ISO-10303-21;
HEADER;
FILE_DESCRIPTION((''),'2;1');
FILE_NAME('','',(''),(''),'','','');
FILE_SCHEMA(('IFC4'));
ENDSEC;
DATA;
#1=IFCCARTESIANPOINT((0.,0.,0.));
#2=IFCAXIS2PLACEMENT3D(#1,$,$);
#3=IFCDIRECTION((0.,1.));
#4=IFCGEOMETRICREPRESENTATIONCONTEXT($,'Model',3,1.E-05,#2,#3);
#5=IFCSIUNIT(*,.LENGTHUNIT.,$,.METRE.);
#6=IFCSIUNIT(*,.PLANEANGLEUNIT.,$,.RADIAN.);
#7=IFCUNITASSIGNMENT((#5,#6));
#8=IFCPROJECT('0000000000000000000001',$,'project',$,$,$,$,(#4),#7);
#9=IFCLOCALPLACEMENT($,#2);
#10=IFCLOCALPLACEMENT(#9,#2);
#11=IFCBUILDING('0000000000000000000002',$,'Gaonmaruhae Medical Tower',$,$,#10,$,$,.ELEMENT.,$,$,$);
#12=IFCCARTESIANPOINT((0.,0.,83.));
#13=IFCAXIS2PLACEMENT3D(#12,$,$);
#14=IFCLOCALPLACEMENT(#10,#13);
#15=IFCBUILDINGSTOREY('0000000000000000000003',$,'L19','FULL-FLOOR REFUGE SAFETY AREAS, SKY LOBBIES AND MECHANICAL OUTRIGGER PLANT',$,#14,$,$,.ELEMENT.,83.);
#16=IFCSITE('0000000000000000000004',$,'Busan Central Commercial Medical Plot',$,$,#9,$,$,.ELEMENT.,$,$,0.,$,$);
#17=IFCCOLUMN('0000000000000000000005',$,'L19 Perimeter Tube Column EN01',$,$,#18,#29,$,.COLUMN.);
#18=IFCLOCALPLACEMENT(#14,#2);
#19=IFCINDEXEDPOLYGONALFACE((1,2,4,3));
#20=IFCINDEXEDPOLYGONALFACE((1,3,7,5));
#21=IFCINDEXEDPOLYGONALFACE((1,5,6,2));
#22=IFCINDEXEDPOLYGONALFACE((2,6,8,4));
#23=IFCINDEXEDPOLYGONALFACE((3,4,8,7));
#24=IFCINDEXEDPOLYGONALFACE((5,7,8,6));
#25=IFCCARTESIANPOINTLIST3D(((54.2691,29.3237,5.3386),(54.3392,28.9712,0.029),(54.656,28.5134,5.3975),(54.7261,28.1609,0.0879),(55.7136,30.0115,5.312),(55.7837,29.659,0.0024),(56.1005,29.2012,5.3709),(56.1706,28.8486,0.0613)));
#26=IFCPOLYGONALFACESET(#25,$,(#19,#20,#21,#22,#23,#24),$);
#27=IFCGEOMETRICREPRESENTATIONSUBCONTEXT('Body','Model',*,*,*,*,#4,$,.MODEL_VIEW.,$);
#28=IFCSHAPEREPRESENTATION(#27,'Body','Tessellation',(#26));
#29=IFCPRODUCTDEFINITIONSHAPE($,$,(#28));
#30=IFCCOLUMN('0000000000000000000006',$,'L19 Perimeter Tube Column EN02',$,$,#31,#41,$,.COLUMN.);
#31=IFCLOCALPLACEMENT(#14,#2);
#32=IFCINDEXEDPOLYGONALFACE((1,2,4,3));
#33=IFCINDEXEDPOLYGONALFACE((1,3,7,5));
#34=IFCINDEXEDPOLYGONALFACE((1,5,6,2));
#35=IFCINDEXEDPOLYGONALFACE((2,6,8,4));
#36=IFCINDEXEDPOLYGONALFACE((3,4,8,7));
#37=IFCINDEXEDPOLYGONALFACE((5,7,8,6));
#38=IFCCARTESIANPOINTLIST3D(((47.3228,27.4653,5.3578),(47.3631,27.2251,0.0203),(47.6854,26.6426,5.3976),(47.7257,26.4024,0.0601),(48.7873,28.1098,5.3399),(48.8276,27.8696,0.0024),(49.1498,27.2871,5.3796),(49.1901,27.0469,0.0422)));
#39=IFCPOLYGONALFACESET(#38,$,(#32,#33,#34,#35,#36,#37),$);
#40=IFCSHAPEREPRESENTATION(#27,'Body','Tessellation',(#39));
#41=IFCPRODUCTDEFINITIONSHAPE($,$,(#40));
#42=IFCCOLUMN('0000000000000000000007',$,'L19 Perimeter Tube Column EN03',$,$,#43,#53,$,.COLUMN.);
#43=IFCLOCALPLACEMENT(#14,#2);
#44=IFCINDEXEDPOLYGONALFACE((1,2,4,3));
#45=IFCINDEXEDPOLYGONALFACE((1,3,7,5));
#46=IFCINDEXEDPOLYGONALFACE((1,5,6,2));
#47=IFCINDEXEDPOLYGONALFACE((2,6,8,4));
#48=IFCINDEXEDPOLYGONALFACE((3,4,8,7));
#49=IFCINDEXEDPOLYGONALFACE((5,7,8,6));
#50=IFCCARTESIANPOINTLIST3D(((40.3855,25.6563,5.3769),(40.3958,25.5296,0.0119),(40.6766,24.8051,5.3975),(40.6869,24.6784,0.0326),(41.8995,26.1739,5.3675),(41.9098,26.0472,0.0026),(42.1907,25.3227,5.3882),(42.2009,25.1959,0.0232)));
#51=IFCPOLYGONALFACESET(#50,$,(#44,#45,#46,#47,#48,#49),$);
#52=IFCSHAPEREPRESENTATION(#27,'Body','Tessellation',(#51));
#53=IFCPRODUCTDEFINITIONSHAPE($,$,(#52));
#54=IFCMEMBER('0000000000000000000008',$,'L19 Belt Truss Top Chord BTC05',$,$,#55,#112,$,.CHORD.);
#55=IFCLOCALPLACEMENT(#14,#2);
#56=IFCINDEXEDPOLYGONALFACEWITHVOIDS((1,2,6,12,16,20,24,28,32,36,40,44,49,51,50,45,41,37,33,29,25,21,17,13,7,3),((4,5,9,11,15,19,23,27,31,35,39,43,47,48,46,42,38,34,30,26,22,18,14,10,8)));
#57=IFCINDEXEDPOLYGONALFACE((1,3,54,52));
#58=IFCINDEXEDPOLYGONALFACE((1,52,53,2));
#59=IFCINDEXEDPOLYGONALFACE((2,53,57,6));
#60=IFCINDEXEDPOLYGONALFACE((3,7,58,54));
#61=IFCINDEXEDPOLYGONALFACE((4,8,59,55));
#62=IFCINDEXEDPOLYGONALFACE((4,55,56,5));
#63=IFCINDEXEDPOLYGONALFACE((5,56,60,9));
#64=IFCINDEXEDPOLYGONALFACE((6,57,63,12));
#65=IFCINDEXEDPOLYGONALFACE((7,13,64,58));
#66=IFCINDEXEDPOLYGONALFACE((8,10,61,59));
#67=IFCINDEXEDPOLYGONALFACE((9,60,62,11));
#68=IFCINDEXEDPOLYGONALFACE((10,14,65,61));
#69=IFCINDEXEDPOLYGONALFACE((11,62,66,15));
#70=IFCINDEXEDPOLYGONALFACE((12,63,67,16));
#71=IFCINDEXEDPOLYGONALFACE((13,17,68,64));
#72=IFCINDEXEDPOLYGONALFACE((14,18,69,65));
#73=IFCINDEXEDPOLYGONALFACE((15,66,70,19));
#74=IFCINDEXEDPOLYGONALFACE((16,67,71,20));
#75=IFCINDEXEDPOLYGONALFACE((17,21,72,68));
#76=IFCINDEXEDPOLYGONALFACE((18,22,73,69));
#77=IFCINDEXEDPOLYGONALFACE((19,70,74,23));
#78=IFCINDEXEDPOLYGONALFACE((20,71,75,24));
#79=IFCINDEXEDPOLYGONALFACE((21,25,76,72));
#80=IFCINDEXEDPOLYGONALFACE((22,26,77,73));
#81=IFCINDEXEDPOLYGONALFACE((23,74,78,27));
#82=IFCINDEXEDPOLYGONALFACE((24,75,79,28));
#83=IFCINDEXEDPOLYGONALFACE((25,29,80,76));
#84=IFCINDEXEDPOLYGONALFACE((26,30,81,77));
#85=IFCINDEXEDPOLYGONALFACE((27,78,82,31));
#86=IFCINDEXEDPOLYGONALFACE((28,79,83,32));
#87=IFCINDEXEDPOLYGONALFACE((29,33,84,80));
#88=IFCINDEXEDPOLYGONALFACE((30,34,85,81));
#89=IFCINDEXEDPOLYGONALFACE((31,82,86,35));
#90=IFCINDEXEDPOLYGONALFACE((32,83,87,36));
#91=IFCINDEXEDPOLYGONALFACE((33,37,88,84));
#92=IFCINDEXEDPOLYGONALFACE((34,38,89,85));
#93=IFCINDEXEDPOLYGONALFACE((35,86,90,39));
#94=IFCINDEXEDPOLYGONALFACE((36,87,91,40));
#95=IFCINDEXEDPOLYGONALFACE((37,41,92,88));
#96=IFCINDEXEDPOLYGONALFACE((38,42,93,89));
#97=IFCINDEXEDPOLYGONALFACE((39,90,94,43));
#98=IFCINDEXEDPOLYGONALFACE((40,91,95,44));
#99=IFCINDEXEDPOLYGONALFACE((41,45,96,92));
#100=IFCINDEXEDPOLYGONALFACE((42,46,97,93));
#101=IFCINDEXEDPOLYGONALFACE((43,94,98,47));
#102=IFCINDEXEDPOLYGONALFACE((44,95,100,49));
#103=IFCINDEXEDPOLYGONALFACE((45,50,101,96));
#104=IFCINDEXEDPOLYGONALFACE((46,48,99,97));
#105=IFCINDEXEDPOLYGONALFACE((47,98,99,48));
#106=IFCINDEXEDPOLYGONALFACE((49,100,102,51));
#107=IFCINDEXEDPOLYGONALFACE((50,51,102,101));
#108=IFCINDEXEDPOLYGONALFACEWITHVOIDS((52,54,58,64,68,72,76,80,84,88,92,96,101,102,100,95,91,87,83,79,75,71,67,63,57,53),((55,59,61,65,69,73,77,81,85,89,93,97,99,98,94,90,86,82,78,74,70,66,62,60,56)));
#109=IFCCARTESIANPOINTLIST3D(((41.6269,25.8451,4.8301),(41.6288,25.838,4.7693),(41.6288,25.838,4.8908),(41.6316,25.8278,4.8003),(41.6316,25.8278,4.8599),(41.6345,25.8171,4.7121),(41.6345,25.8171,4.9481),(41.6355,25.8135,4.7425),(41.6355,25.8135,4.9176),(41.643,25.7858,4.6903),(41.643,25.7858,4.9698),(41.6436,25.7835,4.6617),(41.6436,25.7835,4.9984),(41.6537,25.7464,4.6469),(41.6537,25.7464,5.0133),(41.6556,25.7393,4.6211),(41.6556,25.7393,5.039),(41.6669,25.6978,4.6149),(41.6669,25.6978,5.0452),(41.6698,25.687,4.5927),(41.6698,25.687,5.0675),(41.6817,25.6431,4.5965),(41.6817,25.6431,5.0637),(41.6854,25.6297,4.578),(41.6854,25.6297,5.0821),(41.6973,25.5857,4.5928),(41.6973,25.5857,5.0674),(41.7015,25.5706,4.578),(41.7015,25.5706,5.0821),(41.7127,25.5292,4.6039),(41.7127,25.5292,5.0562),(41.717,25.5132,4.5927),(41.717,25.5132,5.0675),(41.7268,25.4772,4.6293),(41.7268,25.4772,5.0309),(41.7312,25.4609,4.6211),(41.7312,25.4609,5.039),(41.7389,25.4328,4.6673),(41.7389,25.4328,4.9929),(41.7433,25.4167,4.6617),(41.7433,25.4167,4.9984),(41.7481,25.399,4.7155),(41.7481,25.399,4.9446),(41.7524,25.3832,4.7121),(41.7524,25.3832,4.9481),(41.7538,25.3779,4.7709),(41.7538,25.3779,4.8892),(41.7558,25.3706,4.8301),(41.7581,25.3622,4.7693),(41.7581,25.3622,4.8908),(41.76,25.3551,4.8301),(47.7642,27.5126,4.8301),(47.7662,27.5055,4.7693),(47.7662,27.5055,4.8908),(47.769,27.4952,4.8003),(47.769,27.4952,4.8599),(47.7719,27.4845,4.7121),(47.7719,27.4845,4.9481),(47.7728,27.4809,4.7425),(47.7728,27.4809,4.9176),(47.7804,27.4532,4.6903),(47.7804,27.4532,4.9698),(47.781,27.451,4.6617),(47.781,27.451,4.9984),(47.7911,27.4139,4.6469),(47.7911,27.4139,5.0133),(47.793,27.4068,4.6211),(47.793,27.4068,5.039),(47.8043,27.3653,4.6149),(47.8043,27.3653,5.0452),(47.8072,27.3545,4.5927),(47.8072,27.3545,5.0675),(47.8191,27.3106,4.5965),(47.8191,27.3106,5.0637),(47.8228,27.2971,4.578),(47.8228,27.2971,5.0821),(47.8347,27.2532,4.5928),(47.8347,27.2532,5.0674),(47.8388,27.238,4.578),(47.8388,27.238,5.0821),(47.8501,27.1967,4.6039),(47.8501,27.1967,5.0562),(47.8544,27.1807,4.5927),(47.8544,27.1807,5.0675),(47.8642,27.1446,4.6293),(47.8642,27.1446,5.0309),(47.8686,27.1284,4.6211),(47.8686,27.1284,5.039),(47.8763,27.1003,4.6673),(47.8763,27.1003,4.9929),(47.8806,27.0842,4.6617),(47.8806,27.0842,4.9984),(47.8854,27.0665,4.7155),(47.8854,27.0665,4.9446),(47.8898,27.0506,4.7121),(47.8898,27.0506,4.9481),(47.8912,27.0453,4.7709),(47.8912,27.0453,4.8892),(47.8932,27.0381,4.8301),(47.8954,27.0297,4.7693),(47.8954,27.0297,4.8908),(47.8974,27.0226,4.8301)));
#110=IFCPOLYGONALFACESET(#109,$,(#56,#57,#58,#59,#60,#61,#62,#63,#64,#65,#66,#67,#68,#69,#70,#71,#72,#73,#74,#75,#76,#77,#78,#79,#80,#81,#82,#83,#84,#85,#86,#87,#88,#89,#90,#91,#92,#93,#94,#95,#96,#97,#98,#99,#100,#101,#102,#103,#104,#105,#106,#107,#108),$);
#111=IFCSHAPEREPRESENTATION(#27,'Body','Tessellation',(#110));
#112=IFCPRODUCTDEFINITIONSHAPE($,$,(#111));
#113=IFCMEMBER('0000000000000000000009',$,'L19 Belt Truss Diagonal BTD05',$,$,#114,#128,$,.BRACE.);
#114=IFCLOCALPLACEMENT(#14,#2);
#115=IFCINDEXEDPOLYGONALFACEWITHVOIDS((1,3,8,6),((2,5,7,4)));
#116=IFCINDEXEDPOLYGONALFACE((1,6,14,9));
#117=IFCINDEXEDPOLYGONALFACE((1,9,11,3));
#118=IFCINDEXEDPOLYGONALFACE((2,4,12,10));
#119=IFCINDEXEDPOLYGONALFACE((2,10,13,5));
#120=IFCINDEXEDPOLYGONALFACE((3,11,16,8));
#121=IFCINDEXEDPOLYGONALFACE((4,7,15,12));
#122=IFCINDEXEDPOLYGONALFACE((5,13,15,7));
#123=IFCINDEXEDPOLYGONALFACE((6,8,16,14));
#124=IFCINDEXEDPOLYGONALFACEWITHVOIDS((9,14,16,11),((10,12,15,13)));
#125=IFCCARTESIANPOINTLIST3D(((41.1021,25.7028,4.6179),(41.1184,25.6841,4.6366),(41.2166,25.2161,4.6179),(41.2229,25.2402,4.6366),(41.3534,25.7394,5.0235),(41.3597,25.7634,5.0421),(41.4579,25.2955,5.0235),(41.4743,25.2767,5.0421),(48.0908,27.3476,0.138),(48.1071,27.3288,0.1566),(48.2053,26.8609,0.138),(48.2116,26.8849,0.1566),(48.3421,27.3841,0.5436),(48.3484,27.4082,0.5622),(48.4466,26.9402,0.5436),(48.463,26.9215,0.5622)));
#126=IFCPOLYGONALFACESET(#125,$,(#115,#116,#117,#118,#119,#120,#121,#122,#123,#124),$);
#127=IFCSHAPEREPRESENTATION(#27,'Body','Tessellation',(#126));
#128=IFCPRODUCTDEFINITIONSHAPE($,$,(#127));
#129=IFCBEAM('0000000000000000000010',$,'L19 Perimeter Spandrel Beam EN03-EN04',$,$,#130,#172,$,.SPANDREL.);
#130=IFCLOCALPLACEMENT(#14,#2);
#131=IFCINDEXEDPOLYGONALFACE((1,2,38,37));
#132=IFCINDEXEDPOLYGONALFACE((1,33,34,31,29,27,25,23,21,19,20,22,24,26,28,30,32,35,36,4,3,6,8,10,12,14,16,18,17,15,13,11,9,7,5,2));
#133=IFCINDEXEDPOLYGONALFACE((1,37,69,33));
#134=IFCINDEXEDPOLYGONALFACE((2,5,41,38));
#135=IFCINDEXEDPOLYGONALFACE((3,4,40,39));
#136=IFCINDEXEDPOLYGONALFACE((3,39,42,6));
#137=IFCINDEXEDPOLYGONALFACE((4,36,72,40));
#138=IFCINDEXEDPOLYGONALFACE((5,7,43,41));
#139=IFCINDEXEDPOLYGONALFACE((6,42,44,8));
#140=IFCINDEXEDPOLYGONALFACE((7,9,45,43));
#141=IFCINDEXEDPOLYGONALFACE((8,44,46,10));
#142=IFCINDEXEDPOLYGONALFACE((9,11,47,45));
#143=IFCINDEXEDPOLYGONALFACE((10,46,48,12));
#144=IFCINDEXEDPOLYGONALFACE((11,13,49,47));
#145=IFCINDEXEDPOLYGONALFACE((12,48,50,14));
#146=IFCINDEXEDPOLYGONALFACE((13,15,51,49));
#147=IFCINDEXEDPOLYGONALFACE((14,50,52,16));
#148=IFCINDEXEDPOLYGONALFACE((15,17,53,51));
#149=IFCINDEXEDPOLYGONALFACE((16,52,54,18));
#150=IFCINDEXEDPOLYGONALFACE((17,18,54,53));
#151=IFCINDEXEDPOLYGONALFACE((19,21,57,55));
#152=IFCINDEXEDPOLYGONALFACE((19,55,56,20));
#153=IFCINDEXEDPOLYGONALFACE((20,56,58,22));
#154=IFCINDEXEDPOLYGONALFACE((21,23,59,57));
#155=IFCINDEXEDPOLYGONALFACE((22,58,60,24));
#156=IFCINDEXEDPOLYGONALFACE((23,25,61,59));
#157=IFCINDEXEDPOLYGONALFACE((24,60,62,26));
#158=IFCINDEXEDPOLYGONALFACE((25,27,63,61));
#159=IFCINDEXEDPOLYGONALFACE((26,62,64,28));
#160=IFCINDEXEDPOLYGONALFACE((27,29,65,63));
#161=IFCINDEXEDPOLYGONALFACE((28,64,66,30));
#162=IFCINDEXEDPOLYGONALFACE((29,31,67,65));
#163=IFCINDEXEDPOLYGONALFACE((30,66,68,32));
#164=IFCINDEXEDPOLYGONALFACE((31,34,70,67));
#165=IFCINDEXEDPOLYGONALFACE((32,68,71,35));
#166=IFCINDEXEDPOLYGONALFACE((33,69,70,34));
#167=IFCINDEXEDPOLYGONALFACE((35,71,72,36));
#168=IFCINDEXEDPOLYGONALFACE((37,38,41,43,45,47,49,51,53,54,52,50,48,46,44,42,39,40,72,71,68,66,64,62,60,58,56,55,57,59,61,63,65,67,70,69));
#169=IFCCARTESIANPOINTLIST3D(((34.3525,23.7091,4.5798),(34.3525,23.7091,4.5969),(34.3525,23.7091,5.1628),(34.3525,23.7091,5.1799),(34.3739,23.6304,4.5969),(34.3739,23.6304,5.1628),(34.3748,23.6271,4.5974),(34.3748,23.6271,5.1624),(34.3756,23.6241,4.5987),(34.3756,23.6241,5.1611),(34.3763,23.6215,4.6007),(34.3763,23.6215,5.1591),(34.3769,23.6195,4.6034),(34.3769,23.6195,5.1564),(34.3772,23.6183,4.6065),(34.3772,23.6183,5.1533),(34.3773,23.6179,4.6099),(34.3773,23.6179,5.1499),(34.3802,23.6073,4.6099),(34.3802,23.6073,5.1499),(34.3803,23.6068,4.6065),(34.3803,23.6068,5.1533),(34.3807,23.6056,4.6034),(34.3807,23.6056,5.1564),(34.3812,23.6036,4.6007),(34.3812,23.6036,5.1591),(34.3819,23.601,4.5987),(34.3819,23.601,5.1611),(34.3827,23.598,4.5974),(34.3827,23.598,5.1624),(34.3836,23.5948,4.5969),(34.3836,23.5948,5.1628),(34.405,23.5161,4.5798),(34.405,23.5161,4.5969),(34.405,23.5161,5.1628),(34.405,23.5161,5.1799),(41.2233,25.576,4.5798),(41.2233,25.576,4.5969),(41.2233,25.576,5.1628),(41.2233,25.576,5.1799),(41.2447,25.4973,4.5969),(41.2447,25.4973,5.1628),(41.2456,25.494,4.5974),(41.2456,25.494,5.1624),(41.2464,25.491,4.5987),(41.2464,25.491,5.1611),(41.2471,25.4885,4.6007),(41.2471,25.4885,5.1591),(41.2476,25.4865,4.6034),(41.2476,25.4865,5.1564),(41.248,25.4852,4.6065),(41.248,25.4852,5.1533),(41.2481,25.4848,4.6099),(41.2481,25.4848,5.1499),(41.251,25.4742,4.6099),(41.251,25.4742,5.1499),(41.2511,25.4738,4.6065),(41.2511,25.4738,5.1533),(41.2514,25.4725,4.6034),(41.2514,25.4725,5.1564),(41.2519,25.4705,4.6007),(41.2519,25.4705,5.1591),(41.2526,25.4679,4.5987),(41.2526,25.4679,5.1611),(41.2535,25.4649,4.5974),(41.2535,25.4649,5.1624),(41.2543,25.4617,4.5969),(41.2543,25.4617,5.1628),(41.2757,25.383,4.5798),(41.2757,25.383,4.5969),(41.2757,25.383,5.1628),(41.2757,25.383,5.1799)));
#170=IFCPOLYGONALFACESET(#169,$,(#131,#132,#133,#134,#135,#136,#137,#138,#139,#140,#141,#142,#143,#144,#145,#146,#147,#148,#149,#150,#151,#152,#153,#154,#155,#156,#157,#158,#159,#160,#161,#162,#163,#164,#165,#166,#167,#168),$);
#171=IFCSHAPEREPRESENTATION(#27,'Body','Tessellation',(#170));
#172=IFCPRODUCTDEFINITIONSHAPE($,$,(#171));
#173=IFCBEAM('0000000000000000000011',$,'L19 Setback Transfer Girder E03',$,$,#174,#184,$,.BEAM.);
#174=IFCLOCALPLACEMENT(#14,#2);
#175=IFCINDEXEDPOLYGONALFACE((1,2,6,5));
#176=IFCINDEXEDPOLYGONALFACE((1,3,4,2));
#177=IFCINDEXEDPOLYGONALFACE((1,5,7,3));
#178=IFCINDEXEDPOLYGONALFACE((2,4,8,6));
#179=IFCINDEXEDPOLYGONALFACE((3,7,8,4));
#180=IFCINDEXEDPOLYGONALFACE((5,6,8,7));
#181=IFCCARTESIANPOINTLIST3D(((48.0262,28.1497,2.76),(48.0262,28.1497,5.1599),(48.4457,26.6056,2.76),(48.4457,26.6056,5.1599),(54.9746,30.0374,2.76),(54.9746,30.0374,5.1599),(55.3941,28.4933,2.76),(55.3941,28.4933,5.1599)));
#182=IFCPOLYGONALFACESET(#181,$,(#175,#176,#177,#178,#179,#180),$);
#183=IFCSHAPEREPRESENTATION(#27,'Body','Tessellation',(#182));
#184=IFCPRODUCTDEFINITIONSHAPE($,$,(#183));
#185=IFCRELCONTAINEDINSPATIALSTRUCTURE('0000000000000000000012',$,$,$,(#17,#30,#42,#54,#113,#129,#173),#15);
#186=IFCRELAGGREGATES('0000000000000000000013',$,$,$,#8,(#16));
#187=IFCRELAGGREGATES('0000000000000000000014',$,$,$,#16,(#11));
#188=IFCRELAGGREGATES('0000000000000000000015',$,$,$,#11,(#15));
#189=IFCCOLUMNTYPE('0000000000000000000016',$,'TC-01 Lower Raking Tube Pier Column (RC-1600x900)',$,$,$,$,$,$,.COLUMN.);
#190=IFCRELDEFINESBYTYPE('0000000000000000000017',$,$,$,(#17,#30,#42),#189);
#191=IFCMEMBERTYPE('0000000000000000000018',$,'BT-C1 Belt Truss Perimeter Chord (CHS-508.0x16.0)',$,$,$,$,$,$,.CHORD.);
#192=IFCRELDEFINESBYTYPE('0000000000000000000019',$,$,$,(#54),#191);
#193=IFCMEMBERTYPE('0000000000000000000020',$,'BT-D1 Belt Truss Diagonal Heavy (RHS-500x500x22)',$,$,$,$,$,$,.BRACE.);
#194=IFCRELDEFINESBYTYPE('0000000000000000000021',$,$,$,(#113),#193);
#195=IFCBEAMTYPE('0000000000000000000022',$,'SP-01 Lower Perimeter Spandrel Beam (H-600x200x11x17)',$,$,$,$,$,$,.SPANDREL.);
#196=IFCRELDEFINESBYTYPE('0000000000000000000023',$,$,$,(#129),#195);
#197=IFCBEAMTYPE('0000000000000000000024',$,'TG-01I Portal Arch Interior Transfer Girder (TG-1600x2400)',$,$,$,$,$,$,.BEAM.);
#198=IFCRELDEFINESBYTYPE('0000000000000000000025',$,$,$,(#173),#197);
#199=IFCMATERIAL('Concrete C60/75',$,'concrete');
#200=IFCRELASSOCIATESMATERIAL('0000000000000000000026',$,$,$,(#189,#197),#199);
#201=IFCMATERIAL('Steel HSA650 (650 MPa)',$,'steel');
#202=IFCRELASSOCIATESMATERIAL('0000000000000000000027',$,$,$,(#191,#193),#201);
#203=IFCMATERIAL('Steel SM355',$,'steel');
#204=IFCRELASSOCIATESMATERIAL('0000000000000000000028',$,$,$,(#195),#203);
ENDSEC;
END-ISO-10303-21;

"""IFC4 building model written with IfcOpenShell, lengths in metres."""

from ifc_helpers import new_model, si_unit, direction, frame, origin, origin_2d, place, context, subcontext, project, spatial, rectangle, hollow_rectangle, hollow_circle, i_section, extrude, material, material_profile, profile_set, type_object, element, save


model = new_model("IFC4")

# Units and contexts
model_context = context("Model", 3, precision=1e-05, world=origin(), true_north=direction((0.0, 1.0)))
body_context = subcontext(model_context, "Body", "Model", "MODEL_VIEW")
ifc_project = project(units=[si_unit("LENGTHUNIT", "METRE"), si_unit("PLANEANGLEUNIT", "RADIAN")], contexts=[model_context])

# Site, building, storey
site_placement = place(None, origin())
site = spatial("IfcSite", under=ifc_project, at=site_placement, Name="Busan Central Commercial Medical Plot", CompositionType="ELEMENT", RefElevation=0.0)
building_placement = place(site_placement, origin())
building = spatial("IfcBuilding", under=site, at=building_placement, Name="Gaonmaruhae Medical Tower", CompositionType="ELEMENT")
storey_placement = place(building_placement, frame((0.0, 0.0, 83.0)))
storey = spatial("IfcBuildingStorey", under=building, at=storey_placement, Name="L19", Description="FULL-FLOOR REFUGE SAFETY AREAS, SKY LOBBIES AND MECHANICAL OUTRIGGER PLANT", CompositionType="ELEMENT", Elevation=83.0)

# Columns
ifc_material_1 = material(Name="Concrete C60/75", Category="concrete")
ifc_material_profile_1 = material_profile(ifc_material_1, rectangle(XDim=1.6001, YDim=0.8999, at=origin_2d()), Name="RC-1600x900")
ifc_profile_set_1 = profile_set([ifc_material_profile_1], Name="Concrete C60/75")
column_type = type_object("IfcColumnType", Name="TC-01 Lower Raking Tube Pier Column (RC-1600x900)", PredefinedType="COLUMN", material=ifc_profile_set_1)
column_1_placement = place(storey_placement, frame((55.2549, 28.9099, 0.0452), z_axis=(-0.013166, 0.066245, 0.997716), x_axis=(-0.902761, -0.429822, 0.016625)))
element("IfcColumn", 1, at=column_1_placement, inside=storey, type_object=column_type, Name="L19 Perimeter Tube Column EN01", PredefinedType="COLUMN", context=body_context, shape_type="SweptSolid", body=[
    extrude(rectangle(XDim=1.6001, YDim=0.8999, at=origin_2d()), origin(), (0.0, 0.0, 1.0), 5.3218),
])
column_2_placement = place(storey_placement, frame((48.2766, 27.136, 0.0312), z_axis=(-0.007539, 0.044963, 0.99896), x_axis=(-0.91522, -0.402797, 0.011222)))
element("IfcColumn", 2, at=column_2_placement, inside=storey, type_object=column_type, Name="L19 Perimeter Tube Column EN02", PredefinedType="COLUMN", context=body_context, shape_type="SweptSolid", body=[
    extrude(rectangle(XDim=1.6001, YDim=0.8999, at=origin_2d()), origin(), (0.0, 0.0, 1.0), 5.343),
])
column_3_placement = place(storey_placement, frame((41.2983, 25.3628, 0.0176), z_axis=(-0.001911, 0.023611, 0.999719), x_axis=(-0.946223, -0.323462, 0.005831)))
element("IfcColumn", 3, at=column_3_placement, inside=storey, type_object=column_type, Name="L19 Perimeter Tube Column EN03", PredefinedType="COLUMN", context=body_context, shape_type="SweptSolid", body=[
    extrude(rectangle(XDim=1.6001, YDim=0.8999, at=origin_2d()), origin(), (0.0, 0.0, 1.0), 5.3665),
])

# Members
ifc_material_2 = material(Name="Steel HSA650 (650 MPa)", Category="steel")
ifc_material_profile_2 = material_profile(ifc_material_2, hollow_circle(Radius=0.2539, WallThickness=0.0161, at=origin_2d()), Name="CHS-508.0x16.0")
ifc_profile_set_2 = profile_set([ifc_material_profile_2], Name="Steel HSA650 (650 MPa)")
member_type_1 = type_object("IfcMemberType", Name="BT-C1 Belt Truss Perimeter Chord (CHS-508.0x16.0)", PredefinedType="CHORD", material=ifc_profile_set_2)
member_1_placement = place(storey_placement, frame((47.8308, 27.2676, 4.8301), z_axis=(-0.965018, -0.262185, 0.0), x_axis=(0.262185, -0.965018, 0.0)))
element("IfcMember", 4, at=member_1_placement, inside=storey, type_object=member_type_1, Name="L19 Belt Truss Top Chord BTC05", PredefinedType="CHORD", context=body_context, shape_type="SweptSolid", body=[
    extrude(hollow_circle(Radius=0.2539, WallThickness=0.0161, at=origin_2d()), origin(), (0.0, 0.0, 1.0), 6.3599),
])
ifc_material_profile_3 = material_profile(ifc_material_2, hollow_rectangle(XDim=0.5, YDim=0.5, WallThickness=0.022, at=origin_2d()), Name="RHS-500x500x22")
ifc_profile_set_3 = profile_set([ifc_material_profile_3], Name="Steel HSA650 (650 MPa)")
member_type_2 = type_object("IfcMemberType", Name="BT-D1 Belt Truss Diagonal Heavy (RHS-500x500x22)", PredefinedType="BRACE", material=ifc_profile_set_3)
member_2_placement = place(storey_placement, frame((48.2769, 27.1345, 0.3501), z_axis=(-0.825826, -0.194354, 0.529375), x_axis=(0.229087, -0.973406, 0.0)))
element("IfcMember", 5, at=member_2_placement, inside=storey, type_object=member_type_2, Name="L19 Belt Truss Diagonal BTD05", PredefinedType="BRACE", context=body_context, shape_type="SweptSolid", body=[
    extrude(hollow_rectangle(XDim=0.5, YDim=0.5, WallThickness=0.022, at=origin_2d()), origin(), (0.0, 0.0, 1.0), 8.4626),
])

# Beams
ifc_material_3 = material(Name="Steel SM355", Category="steel")
ifc_material_profile_4 = material_profile(ifc_material_3, i_section(OverallWidth=0.2, OverallDepth=0.6001, WebThickness=0.011, FlangeThickness=0.0171, FilletRadius=0.0129, at=origin_2d()), Name="H-600x200x11x17")
ifc_profile_set_4 = profile_set([ifc_material_profile_4], Name="Steel SM355")
beam_type_1 = type_object("IfcBeamType", Name="SP-01 Lower Perimeter Spandrel Beam (H-600x200x11x17)", PredefinedType="SPANDREL", material=ifc_profile_set_4)
beam_1_placement = place(storey_placement, frame((41.2495, 25.4795, 4.8799), z_axis=(-0.96501, -0.262212, 0.0), x_axis=(0.262212, -0.96501, 0.0)))
element("IfcBeam", 6, at=beam_1_placement, inside=storey, type_object=beam_type_1, Name="L19 Perimeter Spandrel Beam EN03-EN04", PredefinedType="SPANDREL", context=body_context, shape_type="SweptSolid", body=[
    extrude(i_section(OverallWidth=0.2, OverallDepth=0.6001, WebThickness=0.011, FlangeThickness=0.0171, FilletRadius=0.0129, at=origin_2d()), origin(), (0.0, 0.0, 1.0), 7.1199),
])
ifc_material_profile_5 = material_profile(ifc_material_1, rectangle(XDim=1.6001, YDim=2.3999, at=origin_2d()), Name="TG-1600x2400")
ifc_profile_set_5 = profile_set([ifc_material_profile_5], Name="Concrete C60/75")
beam_type_2 = type_object("IfcBeamType", Name="TG-01I Portal Arch Interior Transfer Girder (TG-1600x2400)", PredefinedType="BEAM", material=ifc_profile_set_5)
beam_2_placement = place(storey_placement, frame((55.1843, 29.2654, 3.96), z_axis=(-0.96502, -0.262176, 0.0), x_axis=(0.262176, -0.96502, 0.0)))
element("IfcBeam", 7, at=beam_2_placement, inside=storey, type_object=beam_type_2, Name="L19 Setback Transfer Girder E03", PredefinedType="BEAM", context=body_context, shape_type="SweptSolid", body=[
    extrude(rectangle(XDim=1.6001, YDim=2.3999, at=origin_2d()), origin(), (0.0, 0.0, 1.0), 7.2002),
])

save(model, "model.ifc")
